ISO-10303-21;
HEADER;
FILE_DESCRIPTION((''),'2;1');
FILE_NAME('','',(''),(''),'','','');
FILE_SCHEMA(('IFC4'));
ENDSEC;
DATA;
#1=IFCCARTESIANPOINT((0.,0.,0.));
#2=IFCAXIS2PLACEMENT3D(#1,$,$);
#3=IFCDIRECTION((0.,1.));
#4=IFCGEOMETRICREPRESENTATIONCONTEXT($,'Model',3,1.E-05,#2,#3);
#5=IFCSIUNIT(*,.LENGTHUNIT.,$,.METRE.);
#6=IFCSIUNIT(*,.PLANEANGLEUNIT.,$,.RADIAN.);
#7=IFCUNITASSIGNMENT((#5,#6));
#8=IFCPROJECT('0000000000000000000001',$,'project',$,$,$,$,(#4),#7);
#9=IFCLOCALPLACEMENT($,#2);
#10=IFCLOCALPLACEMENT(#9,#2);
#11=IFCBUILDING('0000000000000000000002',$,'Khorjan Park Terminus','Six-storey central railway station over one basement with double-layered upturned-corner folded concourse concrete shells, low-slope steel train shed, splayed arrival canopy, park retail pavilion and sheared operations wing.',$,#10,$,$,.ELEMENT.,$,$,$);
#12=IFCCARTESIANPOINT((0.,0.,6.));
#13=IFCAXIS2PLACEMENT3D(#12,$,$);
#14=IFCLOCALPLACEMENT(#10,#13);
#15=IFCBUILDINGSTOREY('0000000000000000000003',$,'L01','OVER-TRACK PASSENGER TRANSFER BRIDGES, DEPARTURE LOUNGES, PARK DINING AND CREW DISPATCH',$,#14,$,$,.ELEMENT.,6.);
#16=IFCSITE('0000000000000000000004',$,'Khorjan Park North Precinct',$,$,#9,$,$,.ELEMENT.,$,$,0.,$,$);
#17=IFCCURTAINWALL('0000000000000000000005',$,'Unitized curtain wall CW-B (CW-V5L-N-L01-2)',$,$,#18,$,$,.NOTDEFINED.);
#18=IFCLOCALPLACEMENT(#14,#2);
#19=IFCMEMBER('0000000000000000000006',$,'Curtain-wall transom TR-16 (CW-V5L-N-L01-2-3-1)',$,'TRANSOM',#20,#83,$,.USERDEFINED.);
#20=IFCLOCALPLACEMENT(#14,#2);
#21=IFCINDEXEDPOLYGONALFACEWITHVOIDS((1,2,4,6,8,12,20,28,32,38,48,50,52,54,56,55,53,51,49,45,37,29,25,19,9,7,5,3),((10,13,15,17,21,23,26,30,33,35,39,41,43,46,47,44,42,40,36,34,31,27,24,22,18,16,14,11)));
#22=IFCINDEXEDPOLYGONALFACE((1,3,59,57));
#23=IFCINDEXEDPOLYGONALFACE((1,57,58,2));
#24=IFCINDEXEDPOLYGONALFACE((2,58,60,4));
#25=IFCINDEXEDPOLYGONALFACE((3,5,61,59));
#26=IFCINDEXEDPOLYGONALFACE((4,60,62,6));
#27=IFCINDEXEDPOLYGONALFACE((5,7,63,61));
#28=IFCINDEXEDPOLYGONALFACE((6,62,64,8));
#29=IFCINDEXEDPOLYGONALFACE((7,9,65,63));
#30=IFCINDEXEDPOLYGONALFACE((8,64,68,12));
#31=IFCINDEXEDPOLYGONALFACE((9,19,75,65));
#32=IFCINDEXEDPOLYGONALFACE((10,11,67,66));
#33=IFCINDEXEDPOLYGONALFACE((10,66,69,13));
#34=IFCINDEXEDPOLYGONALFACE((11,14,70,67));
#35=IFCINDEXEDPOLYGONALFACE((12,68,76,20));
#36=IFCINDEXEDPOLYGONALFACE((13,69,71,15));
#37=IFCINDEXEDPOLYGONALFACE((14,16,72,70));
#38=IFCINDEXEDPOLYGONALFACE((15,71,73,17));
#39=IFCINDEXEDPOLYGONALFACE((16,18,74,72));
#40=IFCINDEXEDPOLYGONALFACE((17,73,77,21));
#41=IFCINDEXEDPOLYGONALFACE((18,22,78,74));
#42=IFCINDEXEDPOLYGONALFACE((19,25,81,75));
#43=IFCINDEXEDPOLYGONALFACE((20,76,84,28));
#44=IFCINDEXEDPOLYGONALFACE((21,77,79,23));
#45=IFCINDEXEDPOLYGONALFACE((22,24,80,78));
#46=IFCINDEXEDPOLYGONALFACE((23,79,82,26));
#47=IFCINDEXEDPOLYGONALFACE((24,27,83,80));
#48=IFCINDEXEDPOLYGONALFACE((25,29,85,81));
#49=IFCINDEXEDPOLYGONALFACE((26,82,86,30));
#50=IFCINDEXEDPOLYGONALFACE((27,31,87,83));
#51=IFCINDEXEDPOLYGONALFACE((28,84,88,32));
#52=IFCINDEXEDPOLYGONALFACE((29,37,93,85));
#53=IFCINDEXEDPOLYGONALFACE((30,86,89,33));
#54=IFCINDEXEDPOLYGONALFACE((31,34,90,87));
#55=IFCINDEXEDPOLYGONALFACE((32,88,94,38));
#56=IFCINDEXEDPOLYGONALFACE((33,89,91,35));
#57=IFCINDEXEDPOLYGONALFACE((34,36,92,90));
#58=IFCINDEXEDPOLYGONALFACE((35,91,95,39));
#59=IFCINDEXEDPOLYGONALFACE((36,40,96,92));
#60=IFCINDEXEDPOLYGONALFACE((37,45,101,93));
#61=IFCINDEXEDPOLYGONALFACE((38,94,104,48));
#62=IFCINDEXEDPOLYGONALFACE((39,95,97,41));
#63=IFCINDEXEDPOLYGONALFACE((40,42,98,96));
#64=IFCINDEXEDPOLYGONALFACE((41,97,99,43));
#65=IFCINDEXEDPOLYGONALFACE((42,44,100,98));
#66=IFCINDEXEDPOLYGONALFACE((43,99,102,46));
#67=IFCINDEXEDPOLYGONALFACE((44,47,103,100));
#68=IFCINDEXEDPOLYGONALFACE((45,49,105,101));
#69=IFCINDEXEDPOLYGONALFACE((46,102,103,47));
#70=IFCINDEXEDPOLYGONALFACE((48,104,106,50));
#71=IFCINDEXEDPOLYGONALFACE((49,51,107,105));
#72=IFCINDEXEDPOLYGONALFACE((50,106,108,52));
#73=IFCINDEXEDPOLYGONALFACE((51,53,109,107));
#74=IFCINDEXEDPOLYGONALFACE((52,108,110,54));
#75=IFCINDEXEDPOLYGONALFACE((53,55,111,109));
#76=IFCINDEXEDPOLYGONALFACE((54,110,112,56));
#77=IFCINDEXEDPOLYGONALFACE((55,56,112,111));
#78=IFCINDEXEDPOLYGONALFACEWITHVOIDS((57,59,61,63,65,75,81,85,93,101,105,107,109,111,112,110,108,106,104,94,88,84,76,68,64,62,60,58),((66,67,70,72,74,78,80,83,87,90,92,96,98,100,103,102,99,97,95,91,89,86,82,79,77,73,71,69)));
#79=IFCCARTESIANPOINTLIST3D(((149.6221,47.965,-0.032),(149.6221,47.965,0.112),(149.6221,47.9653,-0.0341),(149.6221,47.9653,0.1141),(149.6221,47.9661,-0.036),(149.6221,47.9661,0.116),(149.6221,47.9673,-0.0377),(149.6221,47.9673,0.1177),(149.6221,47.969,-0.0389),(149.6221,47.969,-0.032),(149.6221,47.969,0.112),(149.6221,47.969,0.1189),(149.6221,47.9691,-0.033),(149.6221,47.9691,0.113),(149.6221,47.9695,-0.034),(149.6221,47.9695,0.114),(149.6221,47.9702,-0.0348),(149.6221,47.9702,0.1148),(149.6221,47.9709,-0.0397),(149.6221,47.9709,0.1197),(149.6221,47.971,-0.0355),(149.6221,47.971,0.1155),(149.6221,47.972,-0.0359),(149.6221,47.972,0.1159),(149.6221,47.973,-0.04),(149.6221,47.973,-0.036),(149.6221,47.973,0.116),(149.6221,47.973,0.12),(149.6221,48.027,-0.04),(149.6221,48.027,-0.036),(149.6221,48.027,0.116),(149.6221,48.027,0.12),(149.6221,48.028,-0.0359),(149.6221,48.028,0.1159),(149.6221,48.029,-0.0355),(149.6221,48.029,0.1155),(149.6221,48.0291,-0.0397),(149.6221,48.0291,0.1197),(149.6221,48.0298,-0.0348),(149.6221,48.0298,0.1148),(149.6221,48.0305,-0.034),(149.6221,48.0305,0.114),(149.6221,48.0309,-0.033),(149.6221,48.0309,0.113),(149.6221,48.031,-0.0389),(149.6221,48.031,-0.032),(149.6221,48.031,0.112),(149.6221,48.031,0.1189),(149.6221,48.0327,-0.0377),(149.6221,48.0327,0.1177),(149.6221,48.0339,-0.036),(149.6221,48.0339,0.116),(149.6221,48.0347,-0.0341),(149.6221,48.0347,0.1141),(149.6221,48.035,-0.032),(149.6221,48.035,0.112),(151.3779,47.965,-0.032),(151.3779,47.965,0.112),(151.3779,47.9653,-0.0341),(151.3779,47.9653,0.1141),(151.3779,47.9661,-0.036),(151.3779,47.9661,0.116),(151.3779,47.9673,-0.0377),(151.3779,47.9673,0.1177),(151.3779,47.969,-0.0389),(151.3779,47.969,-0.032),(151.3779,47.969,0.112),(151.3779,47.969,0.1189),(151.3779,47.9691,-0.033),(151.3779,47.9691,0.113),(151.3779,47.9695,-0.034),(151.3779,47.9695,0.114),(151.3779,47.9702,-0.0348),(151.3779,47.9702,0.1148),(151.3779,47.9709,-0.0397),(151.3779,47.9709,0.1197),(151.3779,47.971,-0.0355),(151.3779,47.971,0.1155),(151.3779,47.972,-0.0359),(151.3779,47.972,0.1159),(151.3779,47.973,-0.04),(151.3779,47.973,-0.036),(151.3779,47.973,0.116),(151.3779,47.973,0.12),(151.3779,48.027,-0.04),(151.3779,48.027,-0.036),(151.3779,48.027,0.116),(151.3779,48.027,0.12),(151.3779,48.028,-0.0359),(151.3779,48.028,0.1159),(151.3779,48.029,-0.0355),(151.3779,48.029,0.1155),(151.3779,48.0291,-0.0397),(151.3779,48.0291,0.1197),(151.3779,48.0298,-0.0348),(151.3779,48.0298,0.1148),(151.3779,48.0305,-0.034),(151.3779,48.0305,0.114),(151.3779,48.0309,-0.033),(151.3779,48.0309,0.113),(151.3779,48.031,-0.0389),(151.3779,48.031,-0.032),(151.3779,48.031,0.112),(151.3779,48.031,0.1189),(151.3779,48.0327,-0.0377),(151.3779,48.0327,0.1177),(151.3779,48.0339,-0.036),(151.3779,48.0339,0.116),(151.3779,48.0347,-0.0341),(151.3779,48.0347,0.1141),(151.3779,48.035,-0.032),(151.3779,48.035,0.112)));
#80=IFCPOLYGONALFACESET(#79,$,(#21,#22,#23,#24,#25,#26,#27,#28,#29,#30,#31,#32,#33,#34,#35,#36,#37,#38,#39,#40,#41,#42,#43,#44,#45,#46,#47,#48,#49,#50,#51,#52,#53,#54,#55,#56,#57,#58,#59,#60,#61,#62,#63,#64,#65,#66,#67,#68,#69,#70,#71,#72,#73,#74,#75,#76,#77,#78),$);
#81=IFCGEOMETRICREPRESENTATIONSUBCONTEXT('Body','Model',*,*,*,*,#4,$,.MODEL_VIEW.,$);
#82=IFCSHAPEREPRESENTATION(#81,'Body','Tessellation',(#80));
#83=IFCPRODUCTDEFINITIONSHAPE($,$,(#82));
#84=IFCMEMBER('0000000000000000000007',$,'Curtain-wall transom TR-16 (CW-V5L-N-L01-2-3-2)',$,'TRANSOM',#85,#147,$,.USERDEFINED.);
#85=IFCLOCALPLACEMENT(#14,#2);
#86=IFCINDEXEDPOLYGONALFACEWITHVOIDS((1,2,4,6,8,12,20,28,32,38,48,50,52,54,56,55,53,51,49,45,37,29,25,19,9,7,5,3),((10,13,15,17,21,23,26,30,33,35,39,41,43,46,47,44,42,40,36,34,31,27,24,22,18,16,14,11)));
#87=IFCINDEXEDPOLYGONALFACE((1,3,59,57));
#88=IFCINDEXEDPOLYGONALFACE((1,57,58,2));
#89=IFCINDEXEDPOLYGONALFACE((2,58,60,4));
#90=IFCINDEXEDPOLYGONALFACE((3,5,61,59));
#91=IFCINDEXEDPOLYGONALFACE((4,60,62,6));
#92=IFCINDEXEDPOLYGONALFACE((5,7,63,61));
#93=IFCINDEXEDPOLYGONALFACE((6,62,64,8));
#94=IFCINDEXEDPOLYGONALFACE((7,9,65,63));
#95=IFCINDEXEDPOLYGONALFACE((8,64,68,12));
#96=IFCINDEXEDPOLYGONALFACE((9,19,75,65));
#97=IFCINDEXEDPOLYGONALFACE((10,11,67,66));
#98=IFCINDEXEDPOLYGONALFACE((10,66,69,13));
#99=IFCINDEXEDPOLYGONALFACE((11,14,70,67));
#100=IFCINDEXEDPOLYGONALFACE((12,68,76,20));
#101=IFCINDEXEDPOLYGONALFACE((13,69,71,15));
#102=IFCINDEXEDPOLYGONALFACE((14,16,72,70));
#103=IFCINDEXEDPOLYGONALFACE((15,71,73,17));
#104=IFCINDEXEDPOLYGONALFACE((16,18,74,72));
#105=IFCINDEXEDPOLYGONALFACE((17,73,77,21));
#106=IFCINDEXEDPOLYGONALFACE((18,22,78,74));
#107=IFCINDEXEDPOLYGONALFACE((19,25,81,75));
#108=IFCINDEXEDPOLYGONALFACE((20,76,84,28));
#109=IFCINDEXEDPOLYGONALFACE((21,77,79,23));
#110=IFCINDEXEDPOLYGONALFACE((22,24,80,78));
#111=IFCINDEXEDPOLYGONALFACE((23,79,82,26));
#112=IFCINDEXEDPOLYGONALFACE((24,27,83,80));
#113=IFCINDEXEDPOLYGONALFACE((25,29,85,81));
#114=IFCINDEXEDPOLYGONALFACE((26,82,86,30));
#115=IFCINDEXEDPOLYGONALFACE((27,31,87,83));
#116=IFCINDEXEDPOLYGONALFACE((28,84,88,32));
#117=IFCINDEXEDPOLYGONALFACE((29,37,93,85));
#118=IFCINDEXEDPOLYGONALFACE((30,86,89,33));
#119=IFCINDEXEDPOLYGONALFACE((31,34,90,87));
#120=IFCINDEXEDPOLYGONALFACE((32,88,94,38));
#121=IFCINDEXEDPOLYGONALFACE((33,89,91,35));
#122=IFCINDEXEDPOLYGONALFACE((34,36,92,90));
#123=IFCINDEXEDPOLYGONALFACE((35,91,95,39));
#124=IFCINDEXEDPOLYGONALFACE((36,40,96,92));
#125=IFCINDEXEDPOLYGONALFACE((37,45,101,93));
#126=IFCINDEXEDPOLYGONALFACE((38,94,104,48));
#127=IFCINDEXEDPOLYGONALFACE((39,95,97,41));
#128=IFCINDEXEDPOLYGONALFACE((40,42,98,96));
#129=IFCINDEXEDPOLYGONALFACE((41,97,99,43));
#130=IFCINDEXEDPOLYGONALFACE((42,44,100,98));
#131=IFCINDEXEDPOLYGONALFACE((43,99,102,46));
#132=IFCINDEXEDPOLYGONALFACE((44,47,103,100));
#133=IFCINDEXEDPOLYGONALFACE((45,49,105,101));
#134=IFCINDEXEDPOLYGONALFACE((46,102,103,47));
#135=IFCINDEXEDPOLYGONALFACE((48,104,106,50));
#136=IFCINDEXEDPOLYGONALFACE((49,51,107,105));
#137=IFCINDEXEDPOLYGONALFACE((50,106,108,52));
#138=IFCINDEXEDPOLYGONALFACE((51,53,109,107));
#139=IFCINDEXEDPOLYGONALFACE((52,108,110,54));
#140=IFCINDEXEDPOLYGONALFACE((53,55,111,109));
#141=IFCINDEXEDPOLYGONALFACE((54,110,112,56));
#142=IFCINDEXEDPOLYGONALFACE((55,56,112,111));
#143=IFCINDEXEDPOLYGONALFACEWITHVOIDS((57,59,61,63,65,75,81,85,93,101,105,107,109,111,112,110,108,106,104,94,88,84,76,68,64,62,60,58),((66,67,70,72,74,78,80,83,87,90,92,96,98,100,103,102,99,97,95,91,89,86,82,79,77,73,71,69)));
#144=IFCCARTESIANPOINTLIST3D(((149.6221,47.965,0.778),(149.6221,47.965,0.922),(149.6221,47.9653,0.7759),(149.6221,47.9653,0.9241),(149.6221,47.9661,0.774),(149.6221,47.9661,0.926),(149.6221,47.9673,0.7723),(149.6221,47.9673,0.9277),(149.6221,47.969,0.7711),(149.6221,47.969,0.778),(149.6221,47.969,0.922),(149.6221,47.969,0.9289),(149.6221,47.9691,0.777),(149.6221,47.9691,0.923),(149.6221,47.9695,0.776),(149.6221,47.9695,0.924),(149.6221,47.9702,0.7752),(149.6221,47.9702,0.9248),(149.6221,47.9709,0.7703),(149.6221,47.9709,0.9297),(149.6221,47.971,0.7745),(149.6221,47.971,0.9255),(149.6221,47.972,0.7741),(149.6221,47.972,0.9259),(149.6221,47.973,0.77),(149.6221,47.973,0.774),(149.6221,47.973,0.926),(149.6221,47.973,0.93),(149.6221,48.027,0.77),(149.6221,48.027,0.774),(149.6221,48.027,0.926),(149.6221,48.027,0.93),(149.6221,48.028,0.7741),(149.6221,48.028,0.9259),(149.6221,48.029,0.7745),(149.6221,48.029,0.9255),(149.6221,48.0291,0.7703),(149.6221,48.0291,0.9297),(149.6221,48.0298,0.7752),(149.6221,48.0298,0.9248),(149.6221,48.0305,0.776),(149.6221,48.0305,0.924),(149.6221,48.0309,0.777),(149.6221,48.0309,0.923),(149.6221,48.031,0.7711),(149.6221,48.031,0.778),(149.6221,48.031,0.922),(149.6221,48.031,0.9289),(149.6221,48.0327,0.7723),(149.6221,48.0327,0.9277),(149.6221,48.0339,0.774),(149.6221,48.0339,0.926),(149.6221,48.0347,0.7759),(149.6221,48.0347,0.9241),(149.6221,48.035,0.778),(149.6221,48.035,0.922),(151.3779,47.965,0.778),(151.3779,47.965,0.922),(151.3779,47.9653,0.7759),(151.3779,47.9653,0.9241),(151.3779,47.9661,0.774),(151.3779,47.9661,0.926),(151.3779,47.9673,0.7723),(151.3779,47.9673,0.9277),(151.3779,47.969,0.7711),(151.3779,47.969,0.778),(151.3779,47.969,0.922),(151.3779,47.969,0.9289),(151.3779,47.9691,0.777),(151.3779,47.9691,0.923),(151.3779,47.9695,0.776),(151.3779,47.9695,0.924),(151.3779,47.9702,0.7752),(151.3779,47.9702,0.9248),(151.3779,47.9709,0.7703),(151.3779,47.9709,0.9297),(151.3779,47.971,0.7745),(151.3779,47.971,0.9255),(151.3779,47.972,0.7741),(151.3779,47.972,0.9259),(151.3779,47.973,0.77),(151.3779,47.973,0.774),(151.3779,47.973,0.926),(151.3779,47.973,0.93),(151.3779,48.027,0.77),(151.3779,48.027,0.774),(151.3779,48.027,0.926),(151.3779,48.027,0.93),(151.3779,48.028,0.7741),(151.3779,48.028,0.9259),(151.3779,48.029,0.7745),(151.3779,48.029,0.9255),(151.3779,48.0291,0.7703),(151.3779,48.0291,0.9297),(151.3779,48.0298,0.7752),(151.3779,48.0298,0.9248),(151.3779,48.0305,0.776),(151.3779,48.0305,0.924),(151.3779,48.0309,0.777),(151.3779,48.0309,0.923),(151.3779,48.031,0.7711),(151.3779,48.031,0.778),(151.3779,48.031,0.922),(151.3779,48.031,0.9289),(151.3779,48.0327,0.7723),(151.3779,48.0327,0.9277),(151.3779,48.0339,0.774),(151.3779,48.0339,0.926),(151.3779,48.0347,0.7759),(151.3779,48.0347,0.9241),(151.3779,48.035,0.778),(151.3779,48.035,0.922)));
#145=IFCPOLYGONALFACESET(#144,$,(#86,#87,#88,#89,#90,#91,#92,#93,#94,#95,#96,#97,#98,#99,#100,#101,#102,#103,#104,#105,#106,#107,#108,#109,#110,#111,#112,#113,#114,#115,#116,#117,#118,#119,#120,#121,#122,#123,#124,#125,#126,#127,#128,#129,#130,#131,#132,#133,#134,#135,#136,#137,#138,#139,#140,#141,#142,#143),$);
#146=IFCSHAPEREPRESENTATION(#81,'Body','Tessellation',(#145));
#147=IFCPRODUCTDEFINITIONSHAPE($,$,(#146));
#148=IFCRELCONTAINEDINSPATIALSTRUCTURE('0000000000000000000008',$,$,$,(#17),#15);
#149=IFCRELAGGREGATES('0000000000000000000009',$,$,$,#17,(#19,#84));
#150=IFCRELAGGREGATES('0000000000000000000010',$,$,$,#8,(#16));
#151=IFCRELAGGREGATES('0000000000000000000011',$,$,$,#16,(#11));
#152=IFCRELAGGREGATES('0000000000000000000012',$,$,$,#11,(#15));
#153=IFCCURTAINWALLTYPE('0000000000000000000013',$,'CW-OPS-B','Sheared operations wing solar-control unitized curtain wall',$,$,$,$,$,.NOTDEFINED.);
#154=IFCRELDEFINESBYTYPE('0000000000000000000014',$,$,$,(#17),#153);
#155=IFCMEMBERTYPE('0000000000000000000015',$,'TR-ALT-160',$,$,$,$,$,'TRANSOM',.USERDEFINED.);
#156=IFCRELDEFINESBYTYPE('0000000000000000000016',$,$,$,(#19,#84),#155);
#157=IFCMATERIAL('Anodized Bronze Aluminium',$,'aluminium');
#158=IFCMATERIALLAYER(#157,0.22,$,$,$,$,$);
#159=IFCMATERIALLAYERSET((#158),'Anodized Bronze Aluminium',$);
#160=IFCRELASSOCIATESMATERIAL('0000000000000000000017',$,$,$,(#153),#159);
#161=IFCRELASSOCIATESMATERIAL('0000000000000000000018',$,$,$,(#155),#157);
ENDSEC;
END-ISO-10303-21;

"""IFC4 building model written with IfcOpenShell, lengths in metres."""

from ifc_helpers import new_model, si_unit, direction, frame, origin, origin_2d, place, context, subcontext, project, spatial, hollow_rectangle, extrude, material, layer, layer_set, material_profile, profile_set, type_object, element, aggregate, save


model = new_model("IFC4")

# Units and contexts
model_context = context("Model", 3, precision=1e-05, world=origin(), true_north=direction((0.0, 1.0)))
body_context = subcontext(model_context, "Body", "Model", "MODEL_VIEW")
ifc_project = project(units=[si_unit("LENGTHUNIT", "METRE"), si_unit("PLANEANGLEUNIT", "RADIAN")], contexts=[model_context])

# Site, building, storey
site_placement = place(None, origin())
site = spatial("IfcSite", under=ifc_project, at=site_placement, Name="Khorjan Park North Precinct", CompositionType="ELEMENT", RefElevation=0.0)
building_placement = place(site_placement, origin())
building = spatial("IfcBuilding", under=site, at=building_placement, Name="Khorjan Park Terminus", Description="Six-storey central railway station over one basement with double-layered upturned-corner folded concourse concrete shells, low-slope steel train shed, splayed arrival canopy, park retail pavilion and sheared operations wing.", CompositionType="ELEMENT")
storey_placement = place(building_placement, frame((0.0, 0.0, 6.0)))
storey = spatial("IfcBuildingStorey", under=building, at=storey_placement, Name="L01", Description="OVER-TRACK PASSENGER TRANSFER BRIDGES, DEPARTURE LOUNGES, PARK DINING AND CREW DISPATCH", CompositionType="ELEMENT", Elevation=6.0)

# Curtain wall, members
ifc_material_1 = material(Name="Anodized Bronze Aluminium", Category="aluminium")
ifc_layer_1 = layer(ifc_material_1, 0.22)
ifc_layer_set_1 = layer_set([ifc_layer_1], Name="Anodized Bronze Aluminium")
curtain_wall_type = type_object("IfcCurtainWallType", Name="CW-OPS-B", Description="Sheared operations wing solar-control unitized curtain wall", PredefinedType="NOTDEFINED", material=ifc_layer_set_1)
curtain_wall_placement = place(storey_placement, origin())
curtain_wall = element("IfcCurtainWall", 1, at=curtain_wall_placement, inside=storey, type_object=curtain_wall_type, Name="Unitized curtain wall CW-B (CW-V5L-N-L01-2)", PredefinedType="NOTDEFINED")
ifc_material_profile_1 = material_profile(ifc_material_1, hollow_rectangle(XDim=0.07, YDim=0.16, WallThickness=0.004, InnerFilletRadius=0.004, OuterFilletRadius=0.008, at=origin_2d()), Name="ALT 70x160x4")
ifc_profile_set_1 = profile_set([ifc_material_profile_1], Name="Anodized Bronze Aluminium")
member_type_1 = type_object("IfcMemberType", Name="TR-ALT-160", ElementType="TRANSOM", PredefinedType="USERDEFINED", material=ifc_profile_set_1)
member_1_placement = place(storey_placement, frame((151.3779, 48.0, 0.04), z_axis=(-1.0, 0.0, 0.0), x_axis=(0.0, -1.0, 0.0)))
member_1 = element("IfcMember", 2, at=member_1_placement, type_object=member_type_1, Name="Curtain-wall transom TR-16 (CW-V5L-N-L01-2-3-1)", ObjectType="TRANSOM", PredefinedType="USERDEFINED", context=body_context, shape_type="SweptSolid", body=[
    extrude(hollow_rectangle(XDim=0.07, YDim=0.16, WallThickness=0.004, InnerFilletRadius=0.004, OuterFilletRadius=0.008, at=origin_2d()), origin(), (0.0, 0.0, 1.0), 1.7558),
])
member_2_placement = place(storey_placement, frame((151.3779, 48.0, 0.85), z_axis=(-1.0, 0.0, 0.0), x_axis=(0.0, -1.0, 0.0)))
member_2 = element("IfcMember", 3, at=member_2_placement, type_object=member_type_1, Name="Curtain-wall transom TR-16 (CW-V5L-N-L01-2-3-2)", ObjectType="TRANSOM", PredefinedType="USERDEFINED", context=body_context, shape_type="SweptSolid", body=[
    extrude(hollow_rectangle(XDim=0.07, YDim=0.16, WallThickness=0.004, InnerFilletRadius=0.004, OuterFilletRadius=0.008, at=origin_2d()), origin(), (0.0, 0.0, 1.0), 1.7558),
])
aggregate(curtain_wall, [member_1, member_2])

save(model, "model.ifc")
